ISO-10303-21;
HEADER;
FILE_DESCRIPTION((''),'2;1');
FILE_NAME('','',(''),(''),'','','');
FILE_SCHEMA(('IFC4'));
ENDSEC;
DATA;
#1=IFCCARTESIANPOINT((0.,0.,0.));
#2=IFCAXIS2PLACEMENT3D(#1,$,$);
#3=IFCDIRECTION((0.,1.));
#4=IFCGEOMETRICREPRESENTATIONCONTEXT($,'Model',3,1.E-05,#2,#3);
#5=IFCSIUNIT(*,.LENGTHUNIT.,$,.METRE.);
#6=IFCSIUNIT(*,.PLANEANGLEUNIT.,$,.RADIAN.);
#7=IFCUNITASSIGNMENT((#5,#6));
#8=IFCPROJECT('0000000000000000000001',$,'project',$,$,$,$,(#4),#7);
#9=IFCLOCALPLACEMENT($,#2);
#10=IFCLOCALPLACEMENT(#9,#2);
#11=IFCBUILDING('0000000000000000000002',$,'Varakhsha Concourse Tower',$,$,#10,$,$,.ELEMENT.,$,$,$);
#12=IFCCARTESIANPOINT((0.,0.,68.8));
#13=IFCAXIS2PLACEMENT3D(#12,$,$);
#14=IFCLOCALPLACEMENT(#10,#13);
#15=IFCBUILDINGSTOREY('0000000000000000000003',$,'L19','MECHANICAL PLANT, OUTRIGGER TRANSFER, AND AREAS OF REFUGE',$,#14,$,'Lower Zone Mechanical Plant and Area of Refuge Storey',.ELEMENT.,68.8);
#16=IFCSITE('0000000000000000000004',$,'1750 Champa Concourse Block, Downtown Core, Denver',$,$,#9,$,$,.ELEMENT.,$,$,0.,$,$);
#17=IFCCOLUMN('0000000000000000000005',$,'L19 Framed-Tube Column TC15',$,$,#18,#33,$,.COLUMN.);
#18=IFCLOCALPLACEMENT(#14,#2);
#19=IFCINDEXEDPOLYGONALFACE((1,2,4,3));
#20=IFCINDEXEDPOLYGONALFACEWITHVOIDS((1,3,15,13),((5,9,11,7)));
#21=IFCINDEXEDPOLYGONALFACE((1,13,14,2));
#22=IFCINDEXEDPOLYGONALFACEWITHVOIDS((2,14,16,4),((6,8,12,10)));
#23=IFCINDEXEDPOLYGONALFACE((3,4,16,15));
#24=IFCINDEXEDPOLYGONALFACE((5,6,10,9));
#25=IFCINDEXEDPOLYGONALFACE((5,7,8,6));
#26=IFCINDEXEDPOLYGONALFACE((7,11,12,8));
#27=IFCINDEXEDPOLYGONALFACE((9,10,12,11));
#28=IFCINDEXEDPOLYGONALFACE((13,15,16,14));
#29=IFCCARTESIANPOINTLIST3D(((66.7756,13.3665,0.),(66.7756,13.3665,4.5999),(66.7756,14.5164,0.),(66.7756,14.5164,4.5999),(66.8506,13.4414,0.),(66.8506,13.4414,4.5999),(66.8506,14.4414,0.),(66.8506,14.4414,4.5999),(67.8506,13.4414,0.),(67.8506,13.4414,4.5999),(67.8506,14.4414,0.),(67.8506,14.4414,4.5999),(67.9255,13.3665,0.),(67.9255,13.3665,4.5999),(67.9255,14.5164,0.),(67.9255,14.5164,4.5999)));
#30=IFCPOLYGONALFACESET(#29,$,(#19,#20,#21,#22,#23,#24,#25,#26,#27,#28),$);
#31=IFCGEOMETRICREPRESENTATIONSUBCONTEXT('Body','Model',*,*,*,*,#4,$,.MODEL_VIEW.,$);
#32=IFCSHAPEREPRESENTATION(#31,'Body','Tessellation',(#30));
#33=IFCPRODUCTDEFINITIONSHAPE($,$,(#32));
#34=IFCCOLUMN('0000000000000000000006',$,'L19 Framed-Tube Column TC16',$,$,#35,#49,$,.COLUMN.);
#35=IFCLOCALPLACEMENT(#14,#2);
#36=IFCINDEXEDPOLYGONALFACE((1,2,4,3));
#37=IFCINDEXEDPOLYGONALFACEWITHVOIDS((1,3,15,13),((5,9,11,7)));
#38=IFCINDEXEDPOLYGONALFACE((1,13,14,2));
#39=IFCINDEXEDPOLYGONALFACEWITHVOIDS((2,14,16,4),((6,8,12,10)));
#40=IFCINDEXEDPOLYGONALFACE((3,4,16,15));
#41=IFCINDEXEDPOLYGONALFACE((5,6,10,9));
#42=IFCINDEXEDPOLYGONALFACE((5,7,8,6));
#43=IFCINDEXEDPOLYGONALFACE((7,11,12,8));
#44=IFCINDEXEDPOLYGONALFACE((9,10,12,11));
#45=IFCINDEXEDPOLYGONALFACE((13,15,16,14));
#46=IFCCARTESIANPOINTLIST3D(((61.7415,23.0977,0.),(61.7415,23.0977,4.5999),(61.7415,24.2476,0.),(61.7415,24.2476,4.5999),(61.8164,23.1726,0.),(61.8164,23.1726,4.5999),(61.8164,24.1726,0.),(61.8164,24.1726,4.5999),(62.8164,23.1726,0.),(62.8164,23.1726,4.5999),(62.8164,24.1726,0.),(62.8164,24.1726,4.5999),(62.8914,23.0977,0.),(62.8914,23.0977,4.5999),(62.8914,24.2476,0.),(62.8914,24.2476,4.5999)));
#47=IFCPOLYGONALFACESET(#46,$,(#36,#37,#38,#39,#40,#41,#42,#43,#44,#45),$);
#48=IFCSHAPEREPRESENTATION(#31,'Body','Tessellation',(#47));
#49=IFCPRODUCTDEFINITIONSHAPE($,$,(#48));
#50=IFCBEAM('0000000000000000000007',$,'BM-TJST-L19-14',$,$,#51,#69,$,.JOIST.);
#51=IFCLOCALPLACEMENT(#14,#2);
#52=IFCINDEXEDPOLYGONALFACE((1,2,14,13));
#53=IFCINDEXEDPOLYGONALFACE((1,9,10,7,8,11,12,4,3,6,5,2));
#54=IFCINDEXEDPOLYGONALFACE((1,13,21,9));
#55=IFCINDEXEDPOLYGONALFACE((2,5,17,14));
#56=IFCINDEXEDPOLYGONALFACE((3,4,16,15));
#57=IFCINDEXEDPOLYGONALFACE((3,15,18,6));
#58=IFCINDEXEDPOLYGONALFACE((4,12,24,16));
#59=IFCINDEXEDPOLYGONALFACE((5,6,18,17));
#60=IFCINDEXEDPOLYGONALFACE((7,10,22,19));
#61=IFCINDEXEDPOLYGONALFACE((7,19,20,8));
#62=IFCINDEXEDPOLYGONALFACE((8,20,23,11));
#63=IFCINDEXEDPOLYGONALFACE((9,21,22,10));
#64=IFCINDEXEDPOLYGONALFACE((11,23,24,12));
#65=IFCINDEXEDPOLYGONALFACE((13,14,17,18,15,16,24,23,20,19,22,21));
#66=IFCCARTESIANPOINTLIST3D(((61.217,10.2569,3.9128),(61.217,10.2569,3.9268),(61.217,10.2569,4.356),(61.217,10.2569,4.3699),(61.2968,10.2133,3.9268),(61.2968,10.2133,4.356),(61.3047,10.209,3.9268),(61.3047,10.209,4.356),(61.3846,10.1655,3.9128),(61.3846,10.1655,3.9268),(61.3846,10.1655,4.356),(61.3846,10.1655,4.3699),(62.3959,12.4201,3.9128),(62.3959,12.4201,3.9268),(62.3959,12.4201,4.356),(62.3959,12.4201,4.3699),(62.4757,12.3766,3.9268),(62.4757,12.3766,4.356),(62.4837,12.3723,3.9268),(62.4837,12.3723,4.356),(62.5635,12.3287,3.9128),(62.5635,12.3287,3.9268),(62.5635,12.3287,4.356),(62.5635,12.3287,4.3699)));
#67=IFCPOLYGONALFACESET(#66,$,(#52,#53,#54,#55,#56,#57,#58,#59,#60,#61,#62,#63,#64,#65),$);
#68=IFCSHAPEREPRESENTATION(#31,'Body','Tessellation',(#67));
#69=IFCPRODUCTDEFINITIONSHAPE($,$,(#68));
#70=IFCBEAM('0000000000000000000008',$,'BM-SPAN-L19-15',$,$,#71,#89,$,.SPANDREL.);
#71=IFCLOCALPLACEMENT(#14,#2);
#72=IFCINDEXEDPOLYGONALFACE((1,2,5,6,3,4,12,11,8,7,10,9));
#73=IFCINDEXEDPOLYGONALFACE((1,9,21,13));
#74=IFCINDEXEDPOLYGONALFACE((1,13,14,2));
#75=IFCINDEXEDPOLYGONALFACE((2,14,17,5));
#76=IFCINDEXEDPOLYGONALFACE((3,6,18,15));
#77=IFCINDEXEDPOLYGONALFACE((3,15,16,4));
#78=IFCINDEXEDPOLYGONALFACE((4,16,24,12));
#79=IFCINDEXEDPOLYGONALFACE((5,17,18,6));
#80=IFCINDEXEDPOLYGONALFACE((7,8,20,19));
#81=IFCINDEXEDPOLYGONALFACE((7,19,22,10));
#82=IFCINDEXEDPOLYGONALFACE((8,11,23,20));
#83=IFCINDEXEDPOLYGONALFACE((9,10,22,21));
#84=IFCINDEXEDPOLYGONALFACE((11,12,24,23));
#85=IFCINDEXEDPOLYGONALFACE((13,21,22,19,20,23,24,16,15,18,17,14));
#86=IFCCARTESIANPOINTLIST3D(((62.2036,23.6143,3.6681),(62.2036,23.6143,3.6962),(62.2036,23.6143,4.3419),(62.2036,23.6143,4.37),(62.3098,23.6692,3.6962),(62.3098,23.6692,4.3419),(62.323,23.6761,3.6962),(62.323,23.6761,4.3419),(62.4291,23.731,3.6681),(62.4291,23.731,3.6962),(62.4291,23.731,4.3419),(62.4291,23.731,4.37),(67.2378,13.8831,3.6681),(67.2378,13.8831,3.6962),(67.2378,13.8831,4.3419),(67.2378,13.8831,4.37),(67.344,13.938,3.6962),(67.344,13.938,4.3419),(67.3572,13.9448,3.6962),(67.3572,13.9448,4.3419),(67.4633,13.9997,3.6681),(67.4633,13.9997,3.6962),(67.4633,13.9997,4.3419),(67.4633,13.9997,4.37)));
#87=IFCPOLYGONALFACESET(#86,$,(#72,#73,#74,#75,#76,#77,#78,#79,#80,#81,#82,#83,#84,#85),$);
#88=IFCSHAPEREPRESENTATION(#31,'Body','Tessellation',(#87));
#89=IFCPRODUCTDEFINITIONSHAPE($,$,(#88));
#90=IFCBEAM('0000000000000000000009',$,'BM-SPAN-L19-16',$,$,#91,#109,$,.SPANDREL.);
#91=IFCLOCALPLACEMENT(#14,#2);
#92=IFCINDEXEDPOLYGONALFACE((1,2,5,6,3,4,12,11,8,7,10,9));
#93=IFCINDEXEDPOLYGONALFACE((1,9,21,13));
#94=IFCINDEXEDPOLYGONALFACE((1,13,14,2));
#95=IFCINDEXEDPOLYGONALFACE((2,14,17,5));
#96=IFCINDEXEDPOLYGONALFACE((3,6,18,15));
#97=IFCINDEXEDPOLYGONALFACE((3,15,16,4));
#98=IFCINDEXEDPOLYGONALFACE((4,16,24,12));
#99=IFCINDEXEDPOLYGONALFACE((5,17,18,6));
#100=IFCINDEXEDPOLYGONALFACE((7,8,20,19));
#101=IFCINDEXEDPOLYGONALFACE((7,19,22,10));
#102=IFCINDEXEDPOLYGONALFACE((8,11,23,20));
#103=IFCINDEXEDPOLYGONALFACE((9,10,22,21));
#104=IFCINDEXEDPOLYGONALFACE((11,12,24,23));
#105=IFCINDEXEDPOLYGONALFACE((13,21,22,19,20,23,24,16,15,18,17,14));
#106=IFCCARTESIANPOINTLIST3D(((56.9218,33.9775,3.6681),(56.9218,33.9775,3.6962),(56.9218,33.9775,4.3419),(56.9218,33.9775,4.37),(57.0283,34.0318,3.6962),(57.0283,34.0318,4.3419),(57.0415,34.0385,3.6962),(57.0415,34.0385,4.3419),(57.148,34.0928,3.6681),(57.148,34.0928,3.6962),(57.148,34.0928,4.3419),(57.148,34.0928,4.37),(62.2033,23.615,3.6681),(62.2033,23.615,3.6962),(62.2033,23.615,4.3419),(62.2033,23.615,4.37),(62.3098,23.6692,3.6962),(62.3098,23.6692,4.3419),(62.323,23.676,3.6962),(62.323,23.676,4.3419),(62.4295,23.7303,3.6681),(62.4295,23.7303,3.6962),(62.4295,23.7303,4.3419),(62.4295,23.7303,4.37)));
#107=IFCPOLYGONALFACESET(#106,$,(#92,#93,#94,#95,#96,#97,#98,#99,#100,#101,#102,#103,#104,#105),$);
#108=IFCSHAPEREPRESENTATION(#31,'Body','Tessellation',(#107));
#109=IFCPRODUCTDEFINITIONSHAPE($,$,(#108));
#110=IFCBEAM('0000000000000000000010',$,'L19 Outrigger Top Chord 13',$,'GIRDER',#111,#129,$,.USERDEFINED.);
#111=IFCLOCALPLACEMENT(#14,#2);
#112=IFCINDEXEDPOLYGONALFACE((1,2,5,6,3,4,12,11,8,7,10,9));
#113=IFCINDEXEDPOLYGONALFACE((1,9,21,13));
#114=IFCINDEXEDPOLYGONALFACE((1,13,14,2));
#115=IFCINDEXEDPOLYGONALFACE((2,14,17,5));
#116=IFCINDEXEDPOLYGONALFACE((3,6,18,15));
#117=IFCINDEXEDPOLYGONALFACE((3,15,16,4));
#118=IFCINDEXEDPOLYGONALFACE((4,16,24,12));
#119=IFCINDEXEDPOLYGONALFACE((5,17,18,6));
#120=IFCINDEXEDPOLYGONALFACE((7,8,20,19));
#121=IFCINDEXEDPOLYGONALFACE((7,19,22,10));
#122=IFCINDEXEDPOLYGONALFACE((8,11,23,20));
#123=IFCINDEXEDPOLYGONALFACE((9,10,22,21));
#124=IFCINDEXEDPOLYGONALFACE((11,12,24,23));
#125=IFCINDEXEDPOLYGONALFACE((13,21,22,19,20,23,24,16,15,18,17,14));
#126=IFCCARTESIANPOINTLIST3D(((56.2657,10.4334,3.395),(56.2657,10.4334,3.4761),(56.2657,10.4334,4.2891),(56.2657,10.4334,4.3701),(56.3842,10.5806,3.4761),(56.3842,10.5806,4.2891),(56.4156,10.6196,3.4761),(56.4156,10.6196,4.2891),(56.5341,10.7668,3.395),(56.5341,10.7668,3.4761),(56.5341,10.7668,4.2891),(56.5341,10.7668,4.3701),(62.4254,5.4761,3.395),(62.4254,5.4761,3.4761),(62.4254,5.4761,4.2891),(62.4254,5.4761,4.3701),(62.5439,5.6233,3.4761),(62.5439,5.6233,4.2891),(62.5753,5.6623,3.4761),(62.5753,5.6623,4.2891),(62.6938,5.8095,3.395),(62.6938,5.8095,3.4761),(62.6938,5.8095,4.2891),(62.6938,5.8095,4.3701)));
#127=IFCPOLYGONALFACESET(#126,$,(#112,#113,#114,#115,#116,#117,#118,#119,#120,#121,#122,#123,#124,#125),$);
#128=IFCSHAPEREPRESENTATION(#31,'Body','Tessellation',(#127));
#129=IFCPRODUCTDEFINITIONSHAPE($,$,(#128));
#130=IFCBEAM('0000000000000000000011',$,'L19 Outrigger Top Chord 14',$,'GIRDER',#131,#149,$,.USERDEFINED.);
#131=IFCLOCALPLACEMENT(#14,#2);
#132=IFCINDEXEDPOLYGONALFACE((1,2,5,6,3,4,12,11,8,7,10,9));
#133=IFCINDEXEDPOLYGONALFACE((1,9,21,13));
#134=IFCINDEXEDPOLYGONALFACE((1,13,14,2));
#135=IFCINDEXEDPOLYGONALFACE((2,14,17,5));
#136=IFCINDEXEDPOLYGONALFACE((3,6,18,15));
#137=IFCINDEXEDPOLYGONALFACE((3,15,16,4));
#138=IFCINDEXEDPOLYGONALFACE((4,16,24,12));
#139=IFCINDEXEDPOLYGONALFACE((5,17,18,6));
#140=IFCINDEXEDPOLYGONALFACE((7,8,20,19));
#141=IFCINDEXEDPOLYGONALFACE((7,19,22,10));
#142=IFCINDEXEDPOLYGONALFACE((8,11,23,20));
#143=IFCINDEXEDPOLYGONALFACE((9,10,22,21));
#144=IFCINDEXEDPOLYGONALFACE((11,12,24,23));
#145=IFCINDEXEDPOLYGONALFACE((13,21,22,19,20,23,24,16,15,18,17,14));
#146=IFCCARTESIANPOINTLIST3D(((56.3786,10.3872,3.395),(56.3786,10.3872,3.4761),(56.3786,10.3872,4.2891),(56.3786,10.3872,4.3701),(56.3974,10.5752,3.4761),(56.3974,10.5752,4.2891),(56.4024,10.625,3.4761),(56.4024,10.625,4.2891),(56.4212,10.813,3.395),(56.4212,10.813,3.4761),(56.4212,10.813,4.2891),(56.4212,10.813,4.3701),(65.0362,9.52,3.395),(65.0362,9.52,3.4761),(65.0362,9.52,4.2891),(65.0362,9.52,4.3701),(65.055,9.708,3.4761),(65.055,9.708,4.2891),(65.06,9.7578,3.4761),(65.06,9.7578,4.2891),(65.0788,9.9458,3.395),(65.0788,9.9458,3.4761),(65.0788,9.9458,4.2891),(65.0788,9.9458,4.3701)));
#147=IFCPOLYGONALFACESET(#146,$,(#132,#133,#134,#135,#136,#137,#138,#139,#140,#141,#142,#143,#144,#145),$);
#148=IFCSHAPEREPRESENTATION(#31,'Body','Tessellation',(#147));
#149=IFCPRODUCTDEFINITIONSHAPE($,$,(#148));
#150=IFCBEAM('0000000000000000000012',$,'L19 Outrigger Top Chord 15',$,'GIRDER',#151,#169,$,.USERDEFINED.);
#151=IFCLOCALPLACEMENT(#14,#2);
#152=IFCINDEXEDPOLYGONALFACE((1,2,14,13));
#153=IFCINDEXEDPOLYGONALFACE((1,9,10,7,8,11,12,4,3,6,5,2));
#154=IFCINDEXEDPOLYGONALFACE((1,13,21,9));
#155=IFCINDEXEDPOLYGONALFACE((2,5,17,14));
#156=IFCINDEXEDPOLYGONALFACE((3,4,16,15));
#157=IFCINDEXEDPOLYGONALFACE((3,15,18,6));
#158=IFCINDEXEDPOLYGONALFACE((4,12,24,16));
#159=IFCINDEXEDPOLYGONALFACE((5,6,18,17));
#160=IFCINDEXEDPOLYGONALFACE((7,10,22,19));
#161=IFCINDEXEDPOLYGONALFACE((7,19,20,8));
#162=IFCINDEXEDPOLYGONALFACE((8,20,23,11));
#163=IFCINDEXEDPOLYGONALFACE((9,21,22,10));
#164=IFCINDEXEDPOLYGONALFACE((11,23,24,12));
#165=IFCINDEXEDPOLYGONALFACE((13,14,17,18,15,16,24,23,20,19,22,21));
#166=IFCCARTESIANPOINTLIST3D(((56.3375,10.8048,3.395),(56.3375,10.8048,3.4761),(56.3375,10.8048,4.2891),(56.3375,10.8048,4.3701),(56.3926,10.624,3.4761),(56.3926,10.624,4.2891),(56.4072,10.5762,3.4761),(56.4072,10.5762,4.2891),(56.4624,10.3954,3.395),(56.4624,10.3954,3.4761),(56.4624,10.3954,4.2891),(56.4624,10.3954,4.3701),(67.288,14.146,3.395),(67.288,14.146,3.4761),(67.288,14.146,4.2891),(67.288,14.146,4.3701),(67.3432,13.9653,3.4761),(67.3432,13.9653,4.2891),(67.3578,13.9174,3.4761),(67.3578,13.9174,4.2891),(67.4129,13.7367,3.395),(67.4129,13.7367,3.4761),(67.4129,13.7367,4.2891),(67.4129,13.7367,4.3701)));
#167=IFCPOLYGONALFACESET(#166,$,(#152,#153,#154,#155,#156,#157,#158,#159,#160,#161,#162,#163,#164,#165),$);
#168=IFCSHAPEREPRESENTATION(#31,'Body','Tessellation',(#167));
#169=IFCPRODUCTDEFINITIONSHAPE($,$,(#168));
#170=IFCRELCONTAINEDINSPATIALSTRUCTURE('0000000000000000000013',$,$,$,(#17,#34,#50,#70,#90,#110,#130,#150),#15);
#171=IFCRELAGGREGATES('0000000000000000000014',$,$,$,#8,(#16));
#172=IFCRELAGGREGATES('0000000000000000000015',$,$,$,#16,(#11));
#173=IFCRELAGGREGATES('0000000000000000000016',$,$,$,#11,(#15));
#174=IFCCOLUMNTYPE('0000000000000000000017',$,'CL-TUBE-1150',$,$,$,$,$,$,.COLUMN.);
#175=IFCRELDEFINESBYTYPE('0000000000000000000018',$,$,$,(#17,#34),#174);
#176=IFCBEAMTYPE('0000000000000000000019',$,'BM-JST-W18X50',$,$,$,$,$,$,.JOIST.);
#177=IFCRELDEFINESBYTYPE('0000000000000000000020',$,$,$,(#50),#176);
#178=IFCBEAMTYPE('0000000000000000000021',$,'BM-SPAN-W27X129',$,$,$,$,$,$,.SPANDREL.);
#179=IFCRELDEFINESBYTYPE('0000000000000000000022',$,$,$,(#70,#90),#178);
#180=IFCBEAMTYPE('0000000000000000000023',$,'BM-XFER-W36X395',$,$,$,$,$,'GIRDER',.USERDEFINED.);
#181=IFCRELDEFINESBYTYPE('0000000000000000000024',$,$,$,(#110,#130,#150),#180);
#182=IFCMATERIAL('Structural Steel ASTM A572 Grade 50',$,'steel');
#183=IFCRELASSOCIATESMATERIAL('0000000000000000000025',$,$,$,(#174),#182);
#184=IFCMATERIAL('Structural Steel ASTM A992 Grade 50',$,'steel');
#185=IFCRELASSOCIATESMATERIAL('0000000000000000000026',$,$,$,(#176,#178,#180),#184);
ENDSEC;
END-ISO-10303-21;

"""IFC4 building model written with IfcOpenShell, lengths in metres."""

from ifc_helpers import new_model, si_unit, direction, frame, origin, origin_2d, place, context, subcontext, project, spatial, hollow_rectangle, i_section, extrude, material, material_profile, profile_set, type_object, element, save


model = new_model("IFC4")

# Units and contexts
model_context = context("Model", 3, precision=1e-05, world=origin(), true_north=direction((0.0, 1.0)))
body_context = subcontext(model_context, "Body", "Model", "MODEL_VIEW")
ifc_project = project(units=[si_unit("LENGTHUNIT", "METRE"), si_unit("PLANEANGLEUNIT", "RADIAN")], contexts=[model_context])

# Site, building, storey
site_placement = place(None, origin())
site = spatial("IfcSite", under=ifc_project, at=site_placement, Name="1750 Champa Concourse Block, Downtown Core, Denver", CompositionType="ELEMENT", RefElevation=0.0)
building_placement = place(site_placement, origin())
building = spatial("IfcBuilding", under=site, at=building_placement, Name="Varakhsha Concourse Tower", CompositionType="ELEMENT")
storey_placement = place(building_placement, frame((0.0, 0.0, 68.8)))
storey = spatial("IfcBuildingStorey", under=building, at=storey_placement, Name="L19", Description="MECHANICAL PLANT, OUTRIGGER TRANSFER, AND AREAS OF REFUGE", LongName="Lower Zone Mechanical Plant and Area of Refuge Storey", CompositionType="ELEMENT", Elevation=68.8)

# Columns
ifc_material_1 = material(Name="Structural Steel ASTM A572 Grade 50", Category="steel")
ifc_material_profile_1 = material_profile(ifc_material_1, hollow_rectangle(XDim=1.1499, YDim=1.1499, WallThickness=0.075, at=origin_2d()), Name="BOX 1150x1150x75")
ifc_profile_set_1 = profile_set([ifc_material_profile_1], Name="Structural Steel ASTM A572 Grade 50")
column_type = type_object("IfcColumnType", Name="CL-TUBE-1150", PredefinedType="COLUMN", material=ifc_profile_set_1)
for number, where, z_axis, x_axis, name in (
    (1, (67.3506, 13.9414, 0.0), (0.0, 0.0, 1.0), (1.0, 0.0, 0.0), "L19 Framed-Tube Column TC15"),
    (2, (62.3164, 23.6726, 0.0), (0.0, 0.0, 1.0), (1.0, 0.0, 0.0), "L19 Framed-Tube Column TC16"),
):
    element("IfcColumn", number, at=place(storey_placement, frame(where, z_axis=z_axis, x_axis=x_axis)), inside=storey, type_object=column_type, Name=name, PredefinedType="COLUMN", context=body_context, shape_type="SweptSolid", body=[
        extrude(hollow_rectangle(XDim=1.1499, YDim=1.1499, WallThickness=0.075, at=origin_2d()), origin(), (0.0, 0.0, 1.0), 4.5999),
    ])

# Beams
ifc_material_2 = material(Name="Structural Steel ASTM A992 Grade 50", Category="steel")
ifc_material_profile_2 = material_profile(ifc_material_2, i_section(OverallWidth=0.1909, OverallDepth=0.457, WebThickness=0.009, FlangeThickness=0.0139, at=origin_2d()), Name="W18X50")
ifc_profile_set_2 = profile_set([ifc_material_profile_2], Name="Structural Steel ASTM A992 Grade 50")
beam_type_1 = type_object("IfcBeamType", Name="BM-JST-W18X50", PredefinedType="JOIST", material=ifc_profile_set_2)
beam_1_placement = place(storey_placement, frame((61.3008, 10.2112, 4.1414), z_axis=(0.478526, 0.878074, 0.0), x_axis=(-0.878074, 0.478526, 0.0)))
element("IfcBeam", 3, at=beam_1_placement, inside=storey, type_object=beam_type_1, Name="BM-TJST-L19-14", PredefinedType="JOIST", context=body_context, shape_type="SweptSolid", body=[
    extrude(i_section(OverallWidth=0.1909, OverallDepth=0.457, WebThickness=0.009, FlangeThickness=0.0139, at=origin_2d()), origin(), (0.0, 0.0, 1.0), 2.4636),
])
ifc_material_profile_3 = material_profile(ifc_material_2, i_section(OverallWidth=0.2539, OverallDepth=0.7019, WebThickness=0.0149, FlangeThickness=0.0281, at=origin_2d()), Name="W27X129")
ifc_profile_set_3 = profile_set([ifc_material_profile_3], Name="Structural Steel ASTM A992 Grade 50")
beam_type_2 = type_object("IfcBeamType", Name="BM-SPAN-W27X129", PredefinedType="SPANDREL", material=ifc_profile_set_3)
beam_2_placement = place(storey_placement, frame((67.3506, 13.9414, 4.019), z_axis=(-0.459481, 0.888188, 0.0), x_axis=(-0.888188, -0.459481, 0.0)))
element("IfcBeam", 4, at=beam_2_placement, inside=storey, type_object=beam_type_2, Name="BM-SPAN-L19-15", PredefinedType="SPANDREL", context=body_context, shape_type="SweptSolid", body=[
    extrude(i_section(OverallWidth=0.2539, OverallDepth=0.7019, WebThickness=0.0149, FlangeThickness=0.0281, at=origin_2d()), origin(), (0.0, 0.0, 1.0), 10.9563),
])
beam_3_placement = place(storey_placement, frame((62.3164, 23.6726, 4.019), z_axis=(-0.454094, 0.890954, 0.0), x_axis=(-0.890954, -0.454094, 0.0)))
element("IfcBeam", 5, at=beam_3_placement, inside=storey, type_object=beam_type_2, Name="BM-SPAN-L19-16", PredefinedType="SPANDREL", context=body_context, shape_type="SweptSolid", body=[
    extrude(i_section(OverallWidth=0.2539, OverallDepth=0.7019, WebThickness=0.0149, FlangeThickness=0.0281, at=origin_2d()), origin(), (0.0, 0.0, 1.0), 11.6309),
])
ifc_material_profile_4 = material_profile(ifc_material_2, i_section(OverallWidth=0.428, OverallDepth=0.9751, WebThickness=0.05, FlangeThickness=0.0811, at=origin_2d()), Name="W36X395")
ifc_profile_set_4 = profile_set([ifc_material_profile_4], Name="Structural Steel ASTM A992 Grade 50")
beam_type_3 = type_object("IfcBeamType", Name="BM-XFER-W36X395", ElementType="GIRDER", PredefinedType="USERDEFINED", material=ifc_profile_set_4)
beam_4_placement = place(storey_placement, frame((56.3999, 10.6001, 3.8826), z_axis=(0.779043, -0.626971, 0.0), x_axis=(0.626971, 0.779043, 0.0)))
element("IfcBeam", 6, at=beam_4_placement, inside=storey, type_object=beam_type_3, Name="L19 Outrigger Top Chord 13", ObjectType="GIRDER", PredefinedType="USERDEFINED", context=body_context, shape_type="SweptSolid", body=[
    extrude(i_section(OverallWidth=0.428, OverallDepth=0.9751, WebThickness=0.05, FlangeThickness=0.0811, at=origin_2d()), origin(), (0.0, 0.0, 1.0), 7.9067),
])
beam_5_placement = place(storey_placement, frame((56.3999, 10.6001, 3.8826), z_axis=(0.995021, -0.099665, 0.0), x_axis=(0.099665, 0.995021, 0.0)))
element("IfcBeam", 7, at=beam_5_placement, inside=storey, type_object=beam_type_3, Name="L19 Outrigger Top Chord 14", ObjectType="GIRDER", PredefinedType="USERDEFINED", context=body_context, shape_type="SweptSolid", body=[
    extrude(i_section(OverallWidth=0.428, OverallDepth=0.9751, WebThickness=0.05, FlangeThickness=0.0811, at=origin_2d()), origin(), (0.0, 0.0, 1.0), 8.7009),
])
beam_6_placement = place(storey_placement, frame((56.3999, 10.6001, 3.8826), z_axis=(0.956467, 0.29184, 0.0), x_axis=(-0.29184, 0.956467, 0.0)))
element("IfcBeam", 8, at=beam_6_placement, inside=storey, type_object=beam_type_3, Name="L19 Outrigger Top Chord 15", ObjectType="GIRDER", PredefinedType="USERDEFINED", context=body_context, shape_type="SweptSolid", body=[
    extrude(i_section(OverallWidth=0.428, OverallDepth=0.9751, WebThickness=0.05, FlangeThickness=0.0811, at=origin_2d()), origin(), (0.0, 0.0, 1.0), 11.449),
])

save(model, "model.ifc")
